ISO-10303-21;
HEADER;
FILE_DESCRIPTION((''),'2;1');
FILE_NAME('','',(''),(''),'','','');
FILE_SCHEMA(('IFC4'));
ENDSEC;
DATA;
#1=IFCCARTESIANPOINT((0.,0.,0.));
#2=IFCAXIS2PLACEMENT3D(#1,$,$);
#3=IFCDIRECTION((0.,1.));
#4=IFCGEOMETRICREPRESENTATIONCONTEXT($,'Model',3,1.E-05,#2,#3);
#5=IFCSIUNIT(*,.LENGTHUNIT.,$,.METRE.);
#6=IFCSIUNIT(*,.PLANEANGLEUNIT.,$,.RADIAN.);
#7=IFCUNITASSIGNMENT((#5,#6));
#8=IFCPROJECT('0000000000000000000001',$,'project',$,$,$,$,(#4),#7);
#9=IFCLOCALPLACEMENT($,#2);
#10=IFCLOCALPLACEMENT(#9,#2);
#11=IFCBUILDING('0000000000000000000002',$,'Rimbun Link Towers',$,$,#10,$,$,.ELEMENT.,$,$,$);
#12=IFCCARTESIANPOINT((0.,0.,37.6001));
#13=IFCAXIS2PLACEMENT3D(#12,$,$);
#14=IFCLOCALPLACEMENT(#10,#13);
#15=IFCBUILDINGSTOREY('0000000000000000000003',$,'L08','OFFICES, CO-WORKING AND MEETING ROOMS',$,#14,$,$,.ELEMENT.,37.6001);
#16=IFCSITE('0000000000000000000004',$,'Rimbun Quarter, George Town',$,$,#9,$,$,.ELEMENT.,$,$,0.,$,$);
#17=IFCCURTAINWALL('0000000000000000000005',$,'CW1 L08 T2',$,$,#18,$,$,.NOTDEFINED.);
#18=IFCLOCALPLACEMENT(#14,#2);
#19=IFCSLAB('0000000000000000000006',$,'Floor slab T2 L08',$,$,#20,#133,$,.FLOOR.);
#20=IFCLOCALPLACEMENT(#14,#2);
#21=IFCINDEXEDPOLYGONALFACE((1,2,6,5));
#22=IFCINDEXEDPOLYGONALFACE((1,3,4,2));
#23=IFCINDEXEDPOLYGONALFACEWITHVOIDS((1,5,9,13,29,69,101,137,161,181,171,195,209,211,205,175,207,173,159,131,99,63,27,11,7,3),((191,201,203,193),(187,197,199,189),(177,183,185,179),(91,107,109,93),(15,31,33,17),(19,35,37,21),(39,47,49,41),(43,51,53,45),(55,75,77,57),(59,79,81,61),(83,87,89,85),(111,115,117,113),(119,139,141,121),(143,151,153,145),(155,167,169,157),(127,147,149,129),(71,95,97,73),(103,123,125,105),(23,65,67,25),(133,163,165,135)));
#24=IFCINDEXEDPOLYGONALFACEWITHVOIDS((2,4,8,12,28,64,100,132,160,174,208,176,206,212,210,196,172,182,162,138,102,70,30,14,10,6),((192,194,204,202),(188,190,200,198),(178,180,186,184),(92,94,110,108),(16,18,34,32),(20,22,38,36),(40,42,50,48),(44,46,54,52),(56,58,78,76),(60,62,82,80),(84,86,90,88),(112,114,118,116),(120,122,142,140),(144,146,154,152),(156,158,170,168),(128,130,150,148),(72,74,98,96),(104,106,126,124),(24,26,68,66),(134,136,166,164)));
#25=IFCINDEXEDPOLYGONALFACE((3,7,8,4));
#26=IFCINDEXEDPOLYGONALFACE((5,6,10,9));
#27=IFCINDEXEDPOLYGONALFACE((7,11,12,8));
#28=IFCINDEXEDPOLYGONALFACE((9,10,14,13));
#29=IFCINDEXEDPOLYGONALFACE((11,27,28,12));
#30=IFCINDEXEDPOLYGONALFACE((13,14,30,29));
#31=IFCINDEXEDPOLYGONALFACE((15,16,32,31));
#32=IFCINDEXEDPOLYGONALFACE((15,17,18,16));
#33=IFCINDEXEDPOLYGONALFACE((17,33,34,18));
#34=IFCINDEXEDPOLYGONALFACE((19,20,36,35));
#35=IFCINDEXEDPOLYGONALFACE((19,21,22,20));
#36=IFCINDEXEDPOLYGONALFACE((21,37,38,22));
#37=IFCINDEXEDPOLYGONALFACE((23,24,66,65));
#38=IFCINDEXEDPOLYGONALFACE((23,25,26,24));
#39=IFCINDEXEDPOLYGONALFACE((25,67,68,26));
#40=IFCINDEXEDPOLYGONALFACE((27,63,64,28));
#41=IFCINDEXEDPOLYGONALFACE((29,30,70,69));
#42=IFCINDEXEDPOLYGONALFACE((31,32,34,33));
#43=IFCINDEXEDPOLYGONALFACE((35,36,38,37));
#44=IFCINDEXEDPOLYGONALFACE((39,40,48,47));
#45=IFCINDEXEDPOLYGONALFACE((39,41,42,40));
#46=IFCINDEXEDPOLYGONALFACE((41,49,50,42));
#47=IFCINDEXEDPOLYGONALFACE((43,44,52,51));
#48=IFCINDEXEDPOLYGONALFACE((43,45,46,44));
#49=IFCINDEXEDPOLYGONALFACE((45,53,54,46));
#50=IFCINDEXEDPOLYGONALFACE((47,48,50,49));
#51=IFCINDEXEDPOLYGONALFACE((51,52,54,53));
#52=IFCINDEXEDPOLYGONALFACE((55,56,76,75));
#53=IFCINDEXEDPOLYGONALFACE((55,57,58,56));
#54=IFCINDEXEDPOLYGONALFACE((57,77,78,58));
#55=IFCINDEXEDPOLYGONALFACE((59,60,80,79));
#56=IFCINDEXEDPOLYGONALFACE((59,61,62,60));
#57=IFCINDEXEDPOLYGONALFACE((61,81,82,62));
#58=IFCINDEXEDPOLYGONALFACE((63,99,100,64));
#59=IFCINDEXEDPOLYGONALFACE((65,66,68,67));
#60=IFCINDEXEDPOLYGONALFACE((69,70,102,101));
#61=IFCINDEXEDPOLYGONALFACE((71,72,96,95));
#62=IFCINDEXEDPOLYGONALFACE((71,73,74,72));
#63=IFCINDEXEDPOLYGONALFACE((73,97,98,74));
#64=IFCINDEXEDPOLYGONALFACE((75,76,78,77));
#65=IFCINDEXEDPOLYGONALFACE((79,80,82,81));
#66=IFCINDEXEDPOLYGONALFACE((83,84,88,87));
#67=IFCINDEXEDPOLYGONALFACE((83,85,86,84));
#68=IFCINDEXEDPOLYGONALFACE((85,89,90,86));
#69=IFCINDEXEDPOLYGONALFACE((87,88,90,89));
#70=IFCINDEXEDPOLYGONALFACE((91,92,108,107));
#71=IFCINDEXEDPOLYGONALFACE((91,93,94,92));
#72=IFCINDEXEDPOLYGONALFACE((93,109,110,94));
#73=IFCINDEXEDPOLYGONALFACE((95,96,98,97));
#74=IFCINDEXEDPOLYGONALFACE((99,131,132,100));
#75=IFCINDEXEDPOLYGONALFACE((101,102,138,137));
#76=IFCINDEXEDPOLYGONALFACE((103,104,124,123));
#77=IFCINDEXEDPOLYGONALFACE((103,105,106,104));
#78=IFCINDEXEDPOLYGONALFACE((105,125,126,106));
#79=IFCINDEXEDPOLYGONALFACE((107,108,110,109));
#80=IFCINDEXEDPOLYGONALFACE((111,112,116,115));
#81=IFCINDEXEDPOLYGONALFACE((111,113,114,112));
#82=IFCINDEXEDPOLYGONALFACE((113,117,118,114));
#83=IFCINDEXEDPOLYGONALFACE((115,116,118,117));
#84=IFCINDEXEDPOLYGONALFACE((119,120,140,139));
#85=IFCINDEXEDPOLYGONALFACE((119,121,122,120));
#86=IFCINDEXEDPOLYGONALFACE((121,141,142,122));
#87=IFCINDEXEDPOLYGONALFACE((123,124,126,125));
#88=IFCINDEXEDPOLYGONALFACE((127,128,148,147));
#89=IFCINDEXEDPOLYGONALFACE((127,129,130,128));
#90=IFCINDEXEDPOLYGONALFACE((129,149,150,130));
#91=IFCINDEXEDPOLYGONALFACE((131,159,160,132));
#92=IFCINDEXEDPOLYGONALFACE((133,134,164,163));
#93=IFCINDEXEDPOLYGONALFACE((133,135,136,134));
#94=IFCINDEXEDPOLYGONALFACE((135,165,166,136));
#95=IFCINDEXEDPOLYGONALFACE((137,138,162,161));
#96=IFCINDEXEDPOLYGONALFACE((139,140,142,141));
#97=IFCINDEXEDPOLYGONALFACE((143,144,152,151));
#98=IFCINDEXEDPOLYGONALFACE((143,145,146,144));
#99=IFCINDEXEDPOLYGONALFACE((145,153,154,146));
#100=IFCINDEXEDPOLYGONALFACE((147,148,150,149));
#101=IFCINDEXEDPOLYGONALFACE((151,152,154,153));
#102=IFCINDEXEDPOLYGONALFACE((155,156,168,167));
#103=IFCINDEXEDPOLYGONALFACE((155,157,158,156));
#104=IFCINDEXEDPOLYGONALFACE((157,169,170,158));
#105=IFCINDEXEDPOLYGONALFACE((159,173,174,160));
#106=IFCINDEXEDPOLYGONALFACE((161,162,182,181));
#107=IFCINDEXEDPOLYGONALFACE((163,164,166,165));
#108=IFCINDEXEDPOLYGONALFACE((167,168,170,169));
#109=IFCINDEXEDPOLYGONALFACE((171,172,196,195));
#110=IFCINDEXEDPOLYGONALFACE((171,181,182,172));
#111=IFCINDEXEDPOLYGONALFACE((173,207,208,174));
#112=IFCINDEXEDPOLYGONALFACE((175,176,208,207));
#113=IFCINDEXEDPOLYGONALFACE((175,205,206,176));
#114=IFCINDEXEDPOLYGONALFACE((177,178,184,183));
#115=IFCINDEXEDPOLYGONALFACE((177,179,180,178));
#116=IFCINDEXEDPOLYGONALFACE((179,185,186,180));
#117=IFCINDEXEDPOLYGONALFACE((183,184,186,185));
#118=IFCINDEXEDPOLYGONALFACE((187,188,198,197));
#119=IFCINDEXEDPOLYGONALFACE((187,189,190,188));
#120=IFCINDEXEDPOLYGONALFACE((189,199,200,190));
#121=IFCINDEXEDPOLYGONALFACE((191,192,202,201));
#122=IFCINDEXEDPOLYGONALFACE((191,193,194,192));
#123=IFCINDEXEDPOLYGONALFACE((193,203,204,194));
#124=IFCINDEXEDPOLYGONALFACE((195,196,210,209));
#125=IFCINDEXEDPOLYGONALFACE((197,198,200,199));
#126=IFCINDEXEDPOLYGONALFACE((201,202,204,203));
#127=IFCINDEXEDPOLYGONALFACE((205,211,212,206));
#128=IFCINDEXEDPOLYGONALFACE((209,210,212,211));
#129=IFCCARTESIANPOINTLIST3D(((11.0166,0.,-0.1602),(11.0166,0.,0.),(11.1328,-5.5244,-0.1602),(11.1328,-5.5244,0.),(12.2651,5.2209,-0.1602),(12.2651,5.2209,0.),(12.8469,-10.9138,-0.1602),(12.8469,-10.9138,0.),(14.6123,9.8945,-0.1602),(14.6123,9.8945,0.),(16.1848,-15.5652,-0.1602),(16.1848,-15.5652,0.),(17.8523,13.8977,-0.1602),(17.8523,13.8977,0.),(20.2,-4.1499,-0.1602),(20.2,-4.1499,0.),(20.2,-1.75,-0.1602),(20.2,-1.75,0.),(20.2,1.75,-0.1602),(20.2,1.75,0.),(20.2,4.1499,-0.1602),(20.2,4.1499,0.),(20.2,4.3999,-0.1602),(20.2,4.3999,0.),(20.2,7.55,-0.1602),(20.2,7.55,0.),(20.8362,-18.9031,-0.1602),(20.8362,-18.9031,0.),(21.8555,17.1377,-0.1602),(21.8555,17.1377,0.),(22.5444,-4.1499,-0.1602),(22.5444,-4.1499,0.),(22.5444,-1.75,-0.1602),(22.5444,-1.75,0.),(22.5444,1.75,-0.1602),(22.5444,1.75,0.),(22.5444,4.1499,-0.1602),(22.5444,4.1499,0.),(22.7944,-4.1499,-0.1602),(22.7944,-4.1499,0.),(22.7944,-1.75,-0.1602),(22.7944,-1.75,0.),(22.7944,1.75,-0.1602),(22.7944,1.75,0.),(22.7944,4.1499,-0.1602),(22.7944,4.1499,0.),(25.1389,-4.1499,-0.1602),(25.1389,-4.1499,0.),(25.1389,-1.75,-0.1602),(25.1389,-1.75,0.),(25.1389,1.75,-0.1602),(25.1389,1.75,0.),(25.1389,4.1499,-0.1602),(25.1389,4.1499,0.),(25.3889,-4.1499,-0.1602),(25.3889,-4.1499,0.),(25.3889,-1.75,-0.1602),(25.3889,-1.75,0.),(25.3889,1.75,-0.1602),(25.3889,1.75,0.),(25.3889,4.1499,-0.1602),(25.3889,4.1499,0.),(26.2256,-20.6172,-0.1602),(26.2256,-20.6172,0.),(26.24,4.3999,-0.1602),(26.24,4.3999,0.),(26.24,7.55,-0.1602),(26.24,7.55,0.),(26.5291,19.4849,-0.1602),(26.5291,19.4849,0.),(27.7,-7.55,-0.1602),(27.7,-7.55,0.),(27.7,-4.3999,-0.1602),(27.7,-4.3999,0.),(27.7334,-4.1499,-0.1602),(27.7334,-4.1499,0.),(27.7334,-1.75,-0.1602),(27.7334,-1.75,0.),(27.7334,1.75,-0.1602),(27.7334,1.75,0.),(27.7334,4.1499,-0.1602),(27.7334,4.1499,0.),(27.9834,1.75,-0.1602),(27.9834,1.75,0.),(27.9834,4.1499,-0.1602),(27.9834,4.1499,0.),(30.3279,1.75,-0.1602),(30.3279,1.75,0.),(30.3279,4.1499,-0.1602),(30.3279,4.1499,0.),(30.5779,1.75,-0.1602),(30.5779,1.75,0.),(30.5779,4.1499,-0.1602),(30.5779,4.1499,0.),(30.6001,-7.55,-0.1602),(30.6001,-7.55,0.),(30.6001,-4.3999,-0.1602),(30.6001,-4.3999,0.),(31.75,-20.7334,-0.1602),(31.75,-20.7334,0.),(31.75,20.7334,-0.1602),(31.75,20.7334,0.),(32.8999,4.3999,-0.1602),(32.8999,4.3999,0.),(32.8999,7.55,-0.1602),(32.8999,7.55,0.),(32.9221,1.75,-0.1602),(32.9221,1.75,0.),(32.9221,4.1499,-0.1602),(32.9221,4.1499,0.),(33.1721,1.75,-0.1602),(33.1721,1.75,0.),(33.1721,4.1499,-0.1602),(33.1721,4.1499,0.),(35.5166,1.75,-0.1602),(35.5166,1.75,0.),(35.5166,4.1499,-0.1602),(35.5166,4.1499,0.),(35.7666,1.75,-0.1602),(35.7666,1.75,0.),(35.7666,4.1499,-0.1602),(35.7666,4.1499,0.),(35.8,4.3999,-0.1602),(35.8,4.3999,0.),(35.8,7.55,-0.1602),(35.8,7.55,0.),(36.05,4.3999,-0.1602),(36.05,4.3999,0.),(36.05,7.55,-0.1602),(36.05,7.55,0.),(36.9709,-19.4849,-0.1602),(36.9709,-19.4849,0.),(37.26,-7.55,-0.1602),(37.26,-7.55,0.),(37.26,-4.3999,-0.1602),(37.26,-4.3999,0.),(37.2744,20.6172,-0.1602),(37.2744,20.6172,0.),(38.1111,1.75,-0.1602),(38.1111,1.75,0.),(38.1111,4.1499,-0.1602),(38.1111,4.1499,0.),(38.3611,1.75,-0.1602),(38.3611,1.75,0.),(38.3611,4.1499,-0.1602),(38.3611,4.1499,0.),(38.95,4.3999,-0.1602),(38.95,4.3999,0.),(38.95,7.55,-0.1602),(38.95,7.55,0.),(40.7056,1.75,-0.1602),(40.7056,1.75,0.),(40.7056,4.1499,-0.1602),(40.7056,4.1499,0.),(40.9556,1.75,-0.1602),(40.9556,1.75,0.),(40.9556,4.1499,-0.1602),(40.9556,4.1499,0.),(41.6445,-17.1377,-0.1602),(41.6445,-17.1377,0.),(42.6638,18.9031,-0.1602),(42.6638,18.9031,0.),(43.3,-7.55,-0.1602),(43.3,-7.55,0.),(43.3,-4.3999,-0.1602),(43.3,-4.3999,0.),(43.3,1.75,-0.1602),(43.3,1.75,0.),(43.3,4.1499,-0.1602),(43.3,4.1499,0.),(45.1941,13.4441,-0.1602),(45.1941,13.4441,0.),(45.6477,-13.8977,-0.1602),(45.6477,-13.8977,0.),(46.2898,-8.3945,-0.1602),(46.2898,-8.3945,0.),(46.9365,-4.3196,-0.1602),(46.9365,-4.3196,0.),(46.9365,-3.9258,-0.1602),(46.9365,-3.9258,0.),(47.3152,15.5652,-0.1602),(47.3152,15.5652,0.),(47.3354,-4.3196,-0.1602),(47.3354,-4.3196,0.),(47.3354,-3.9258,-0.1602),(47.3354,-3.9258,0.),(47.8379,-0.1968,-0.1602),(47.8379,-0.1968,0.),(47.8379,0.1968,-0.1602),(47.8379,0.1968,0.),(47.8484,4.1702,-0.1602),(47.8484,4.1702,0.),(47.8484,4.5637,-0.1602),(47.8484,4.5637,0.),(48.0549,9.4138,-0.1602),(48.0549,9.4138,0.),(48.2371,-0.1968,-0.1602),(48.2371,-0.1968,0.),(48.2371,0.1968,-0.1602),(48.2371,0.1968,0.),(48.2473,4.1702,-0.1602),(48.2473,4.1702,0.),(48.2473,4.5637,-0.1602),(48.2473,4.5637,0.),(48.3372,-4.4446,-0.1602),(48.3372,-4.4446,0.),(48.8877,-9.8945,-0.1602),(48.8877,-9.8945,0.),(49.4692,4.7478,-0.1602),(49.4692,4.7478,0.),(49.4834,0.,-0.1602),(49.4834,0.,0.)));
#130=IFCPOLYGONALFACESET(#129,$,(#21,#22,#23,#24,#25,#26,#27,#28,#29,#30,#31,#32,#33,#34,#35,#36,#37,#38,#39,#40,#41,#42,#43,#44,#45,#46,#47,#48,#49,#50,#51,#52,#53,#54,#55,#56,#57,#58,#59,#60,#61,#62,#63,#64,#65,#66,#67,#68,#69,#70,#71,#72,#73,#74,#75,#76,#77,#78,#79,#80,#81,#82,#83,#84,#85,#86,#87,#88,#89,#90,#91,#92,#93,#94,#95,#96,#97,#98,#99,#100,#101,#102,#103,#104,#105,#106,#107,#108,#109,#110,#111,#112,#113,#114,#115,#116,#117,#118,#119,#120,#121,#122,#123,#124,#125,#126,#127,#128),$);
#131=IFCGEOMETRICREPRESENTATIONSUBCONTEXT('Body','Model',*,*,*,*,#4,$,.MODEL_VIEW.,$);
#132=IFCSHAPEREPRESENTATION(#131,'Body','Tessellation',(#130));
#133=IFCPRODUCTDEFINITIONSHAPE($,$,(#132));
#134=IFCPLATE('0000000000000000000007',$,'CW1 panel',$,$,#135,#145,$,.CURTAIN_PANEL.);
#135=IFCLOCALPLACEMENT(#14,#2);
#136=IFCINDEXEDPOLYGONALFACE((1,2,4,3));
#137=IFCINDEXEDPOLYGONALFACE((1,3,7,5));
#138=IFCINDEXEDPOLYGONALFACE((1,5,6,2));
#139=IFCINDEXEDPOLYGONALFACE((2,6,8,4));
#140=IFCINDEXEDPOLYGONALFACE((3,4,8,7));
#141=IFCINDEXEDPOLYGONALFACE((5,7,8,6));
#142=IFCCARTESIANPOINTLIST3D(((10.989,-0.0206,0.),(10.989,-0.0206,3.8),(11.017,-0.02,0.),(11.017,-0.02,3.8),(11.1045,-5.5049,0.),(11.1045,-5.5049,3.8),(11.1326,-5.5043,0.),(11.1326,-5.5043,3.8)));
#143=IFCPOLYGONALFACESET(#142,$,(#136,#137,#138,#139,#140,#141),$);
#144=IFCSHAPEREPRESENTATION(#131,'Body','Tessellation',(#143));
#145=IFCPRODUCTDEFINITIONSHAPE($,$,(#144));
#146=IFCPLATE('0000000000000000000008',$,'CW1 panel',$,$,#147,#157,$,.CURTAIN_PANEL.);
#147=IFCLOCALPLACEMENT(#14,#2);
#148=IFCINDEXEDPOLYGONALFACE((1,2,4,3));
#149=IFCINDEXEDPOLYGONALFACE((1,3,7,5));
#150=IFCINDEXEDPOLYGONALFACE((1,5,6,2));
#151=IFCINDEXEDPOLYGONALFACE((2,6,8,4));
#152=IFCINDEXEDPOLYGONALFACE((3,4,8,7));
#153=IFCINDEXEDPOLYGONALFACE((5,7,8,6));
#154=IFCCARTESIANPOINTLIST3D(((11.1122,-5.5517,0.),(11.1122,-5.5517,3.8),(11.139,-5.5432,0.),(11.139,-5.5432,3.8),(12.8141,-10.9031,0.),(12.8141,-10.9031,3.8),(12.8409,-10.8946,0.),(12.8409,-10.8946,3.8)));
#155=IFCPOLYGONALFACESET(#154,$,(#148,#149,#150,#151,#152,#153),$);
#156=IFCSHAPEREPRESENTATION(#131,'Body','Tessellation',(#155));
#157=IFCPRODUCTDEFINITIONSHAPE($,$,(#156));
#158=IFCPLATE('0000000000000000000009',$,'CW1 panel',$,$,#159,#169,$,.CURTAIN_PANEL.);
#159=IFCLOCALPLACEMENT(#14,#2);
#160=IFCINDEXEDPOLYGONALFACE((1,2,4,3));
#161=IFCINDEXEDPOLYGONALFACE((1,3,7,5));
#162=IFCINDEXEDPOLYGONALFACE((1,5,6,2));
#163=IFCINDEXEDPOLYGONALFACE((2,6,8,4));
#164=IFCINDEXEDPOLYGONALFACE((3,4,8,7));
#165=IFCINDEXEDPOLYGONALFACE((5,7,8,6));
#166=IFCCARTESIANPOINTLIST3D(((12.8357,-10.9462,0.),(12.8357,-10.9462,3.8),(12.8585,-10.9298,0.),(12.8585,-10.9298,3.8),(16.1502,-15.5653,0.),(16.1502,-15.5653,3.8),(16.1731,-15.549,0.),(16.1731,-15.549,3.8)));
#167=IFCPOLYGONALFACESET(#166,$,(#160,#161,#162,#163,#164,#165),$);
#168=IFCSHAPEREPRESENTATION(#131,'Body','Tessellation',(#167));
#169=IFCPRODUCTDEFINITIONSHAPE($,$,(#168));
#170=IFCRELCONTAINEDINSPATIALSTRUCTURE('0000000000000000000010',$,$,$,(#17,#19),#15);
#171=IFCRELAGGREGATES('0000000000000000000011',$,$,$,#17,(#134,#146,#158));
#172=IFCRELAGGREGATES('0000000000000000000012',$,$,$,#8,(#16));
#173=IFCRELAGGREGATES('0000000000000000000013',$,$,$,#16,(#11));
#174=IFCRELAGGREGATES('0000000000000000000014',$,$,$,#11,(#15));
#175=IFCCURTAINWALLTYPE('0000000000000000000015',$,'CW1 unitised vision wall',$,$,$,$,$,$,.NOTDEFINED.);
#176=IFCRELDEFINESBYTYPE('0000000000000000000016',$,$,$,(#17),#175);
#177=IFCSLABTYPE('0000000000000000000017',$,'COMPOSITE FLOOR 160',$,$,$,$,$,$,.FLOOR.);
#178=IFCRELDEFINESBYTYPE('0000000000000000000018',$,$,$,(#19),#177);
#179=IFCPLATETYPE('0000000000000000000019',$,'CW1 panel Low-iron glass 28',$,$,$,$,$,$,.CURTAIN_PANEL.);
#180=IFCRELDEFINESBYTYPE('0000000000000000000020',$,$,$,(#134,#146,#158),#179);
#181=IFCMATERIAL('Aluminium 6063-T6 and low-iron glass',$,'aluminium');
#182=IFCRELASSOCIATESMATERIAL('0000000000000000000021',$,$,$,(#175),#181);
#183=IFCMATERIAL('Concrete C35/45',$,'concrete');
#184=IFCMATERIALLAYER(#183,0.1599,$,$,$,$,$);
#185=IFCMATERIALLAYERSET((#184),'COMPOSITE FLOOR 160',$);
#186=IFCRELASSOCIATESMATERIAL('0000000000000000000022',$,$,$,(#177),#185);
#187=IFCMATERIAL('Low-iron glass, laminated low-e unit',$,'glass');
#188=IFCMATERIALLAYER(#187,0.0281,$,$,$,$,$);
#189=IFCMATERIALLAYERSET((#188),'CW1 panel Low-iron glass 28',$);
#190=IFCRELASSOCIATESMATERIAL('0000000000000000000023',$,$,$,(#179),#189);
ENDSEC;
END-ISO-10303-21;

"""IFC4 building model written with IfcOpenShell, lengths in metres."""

from ifc_helpers import new_model, si_unit, direction, frame, origin, origin_2d, place, context, subcontext, project, spatial, polyline, rectangle, outline, extrude, material, layer, layer_set, type_object, element, aggregate, save


model = new_model("IFC4")

# Units and contexts
model_context = context("Model", 3, precision=1e-05, world=origin(), true_north=direction((0.0, 1.0)))
body_context = subcontext(model_context, "Body", "Model", "MODEL_VIEW")
ifc_project = project(units=[si_unit("LENGTHUNIT", "METRE"), si_unit("PLANEANGLEUNIT", "RADIAN")], contexts=[model_context])

# Site, building, storey
site_placement = place(None, origin())
site = spatial("IfcSite", under=ifc_project, at=site_placement, Name="Rimbun Quarter, George Town", CompositionType="ELEMENT", RefElevation=0.0)
building_placement = place(site_placement, origin())
building = spatial("IfcBuilding", under=site, at=building_placement, Name="Rimbun Link Towers", CompositionType="ELEMENT")
storey_placement = place(building_placement, frame((0.0, 0.0, 37.6001)))
storey = spatial("IfcBuildingStorey", under=building, at=storey_placement, Name="L08", Description="OFFICES, CO-WORKING AND MEETING ROOMS", CompositionType="ELEMENT", Elevation=37.6001)

# Curtain wall
ifc_material_1 = material(Name="Aluminium 6063-T6 and low-iron glass", Category="aluminium")
curtain_wall_type = type_object("IfcCurtainWallType", Name="CW1 unitised vision wall", PredefinedType="NOTDEFINED", material=ifc_material_1)
curtain_wall_placement = place(storey_placement, origin())
curtain_wall = element("IfcCurtainWall", 1, at=curtain_wall_placement, inside=storey, type_object=curtain_wall_type, Name="CW1 L08 T2", PredefinedType="NOTDEFINED")

# Slab
ifc_material_2 = material(Name="Concrete C35/45", Category="concrete")
ifc_layer_1 = layer(ifc_material_2, 0.1599)
ifc_layer_set_1 = layer_set([ifc_layer_1], Name="COMPOSITE FLOOR 160")
slab_type = type_object("IfcSlabType", Name="COMPOSITE FLOOR 160", PredefinedType="FLOOR", material=ifc_layer_set_1)
slab_placement = place(storey_placement, frame((0.0, 0.0, -0.1602)))
element("IfcSlab", 2, at=slab_placement, inside=storey, type_object=slab_type, Name="Floor slab T2 L08", PredefinedType="FLOOR", context=body_context, shape_type="SweptSolid", body=[
    extrude(outline(polyline([(45.6477, -13.8977), (41.6445, -17.1377), (36.9709, -19.4849), (31.75, -20.7334), (26.2256, -20.6172), (20.8362, -18.9031), (16.1848, -15.5652), (12.8469, -10.9138), (11.1328, -5.5244), (11.0166, 0.0), (12.2651, 5.2209), (14.6123, 9.8945), (17.8523, 13.8977), (21.8555, 17.1377), (26.5291, 19.4849), (31.75, 20.7334), (37.2744, 20.6172), (42.6638, 18.9031), (47.3152, 15.5652), (45.1941, 13.4441), (48.0549, 9.4138), (49.4692, 4.7478), (49.4834, 0.0), (48.3372, -4.4446), (46.2898, -8.3945), (48.8877, -9.8945), (45.6477, -13.8977)]), holes=[polyline([(30.6001, -7.55), (30.6001, -4.3999), (27.7, -4.3999), (27.7, -7.55), (30.6001, -7.55)]), polyline([(22.5444, -4.1499), (22.5444, -1.75), (20.2, -1.75), (20.2, -4.1499), (22.5444, -4.1499)]), polyline([(25.1389, -4.1499), (25.1389, -1.75), (22.7944, -1.75), (22.7944, -4.1499), (25.1389, -4.1499)]), polyline([(25.3889, -4.1499), (27.7334, -4.1499), (27.7334, -1.75), (25.3889, -1.75), (25.3889, -4.1499)]), polyline([(20.2, 1.75), (22.5444, 1.75), (22.5444, 4.1499), (20.2, 4.1499), (20.2, 1.75)]), polyline([(25.1389, 1.75), (25.1389, 4.1499), (22.7944, 4.1499), (22.7944, 1.75), (25.1389, 1.75)]), polyline([(27.7334, 1.75), (27.7334, 4.1499), (25.3889, 4.1499), (25.3889, 1.75), (27.7334, 1.75)]), polyline([(30.3279, 1.75), (30.3279, 4.1499), (27.9834, 4.1499), (27.9834, 1.75), (30.3279, 1.75)]), polyline([(30.5779, 1.75), (32.9221, 1.75), (32.9221, 4.1499), (30.5779, 4.1499), (30.5779, 1.75)]), polyline([(20.2, 4.3999), (26.24, 4.3999), (26.24, 7.55), (20.2, 7.55), (20.2, 4.3999)]), polyline([(43.3, -7.55), (43.3, -4.3999), (37.26, -4.3999), (37.26, -7.55), (43.3, -7.55)]), polyline([(47.3354, -4.3196), (47.3354, -3.9258), (46.9365, -3.9258), (46.9365, -4.3196), (47.3354, -4.3196)]), polyline([(48.2371, -0.1968), (48.2371, 0.1968), (47.8379, 0.1968), (47.8379, -0.1968), (48.2371, -0.1968)]), polyline([(33.1721, 1.75), (35.5166, 1.75), (35.5166, 4.1499), (33.1721, 4.1499), (33.1721, 1.75)]), polyline([(35.7666, 1.75), (38.1111, 1.75), (38.1111, 4.1499), (35.7666, 4.1499), (35.7666, 1.75)]), polyline([(40.7056, 1.75), (40.7056, 4.1499), (38.3611, 4.1499), (38.3611, 1.75), (40.7056, 1.75)]), polyline([(43.3, 1.75), (43.3, 4.1499), (40.9556, 4.1499), (40.9556, 1.75), (43.3, 1.75)]), polyline([(48.2473, 4.1702), (48.2473, 4.5637), (47.8484, 4.5637), (47.8484, 4.1702), (48.2473, 4.1702)]), polyline([(32.8999, 4.3999), (35.8, 4.3999), (35.8, 7.55), (32.8999, 7.55), (32.8999, 4.3999)]), polyline([(36.05, 4.3999), (38.95, 4.3999), (38.95, 7.55), (36.05, 7.55), (36.05, 4.3999)])]), origin(), (0.0, 0.0, 1.0), 0.1602),
])

# Plates
ifc_material_3 = material(Name="Low-iron glass, laminated low-e unit", Category="glass")
ifc_layer_2 = layer(ifc_material_3, 0.0281)
ifc_layer_set_2 = layer_set([ifc_layer_2], Name="CW1 panel Low-iron glass 28")
plate_type = type_object("IfcPlateType", Name="CW1 panel Low-iron glass 28", PredefinedType="CURTAIN_PANEL", material=ifc_layer_set_2)
plate_1_placement = place(storey_placement, frame((11.0608, -2.7625, 0.0), z_axis=(0.0, 0.0, 1.0), x_axis=(-0.021066, 0.999778, 0.0)))
plate_1 = element("IfcPlate", 3, at=plate_1_placement, type_object=plate_type, Name="CW1 panel", PredefinedType="CURTAIN_PANEL", context=body_context, shape_type="SweptSolid", body=[
    extrude(rectangle(XDim=5.4856, YDim=0.0281, at=origin_2d()), origin(), (0.0, 0.0, 1.0), 3.8),
])
plate_2_placement = place(storey_placement, frame((11.9766, -8.2231, 0.0), z_axis=(0.0, 0.0, 1.0), x_axis=(-0.303074, 0.952967, 0.0)))
plate_2 = element("IfcPlate", 4, at=plate_2_placement, type_object=plate_type, Name="CW1 panel", PredefinedType="CURTAIN_PANEL", context=body_context, shape_type="SweptSolid", body=[
    extrude(rectangle(XDim=5.6155, YDim=0.0281, at=origin_2d()), origin(), (0.0, 0.0, 1.0), 3.8),
])
plate_3_placement = place(storey_placement, frame((14.5044, -13.2476, 0.0), z_axis=(0.0, 0.0, 1.0), x_axis=(-0.582998, 0.812474, 0.0)))
plate_3 = element("IfcPlate", 5, at=plate_3_placement, type_object=plate_type, Name="CW1 panel", PredefinedType="CURTAIN_PANEL", context=body_context, shape_type="SweptSolid", body=[
    extrude(rectangle(XDim=5.6853, YDim=0.0281, at=origin_2d()), origin(), (0.0, 0.0, 1.0), 3.8),
])
aggregate(curtain_wall, [plate_1, plate_2, plate_3])

save(model, "model.ifc")
